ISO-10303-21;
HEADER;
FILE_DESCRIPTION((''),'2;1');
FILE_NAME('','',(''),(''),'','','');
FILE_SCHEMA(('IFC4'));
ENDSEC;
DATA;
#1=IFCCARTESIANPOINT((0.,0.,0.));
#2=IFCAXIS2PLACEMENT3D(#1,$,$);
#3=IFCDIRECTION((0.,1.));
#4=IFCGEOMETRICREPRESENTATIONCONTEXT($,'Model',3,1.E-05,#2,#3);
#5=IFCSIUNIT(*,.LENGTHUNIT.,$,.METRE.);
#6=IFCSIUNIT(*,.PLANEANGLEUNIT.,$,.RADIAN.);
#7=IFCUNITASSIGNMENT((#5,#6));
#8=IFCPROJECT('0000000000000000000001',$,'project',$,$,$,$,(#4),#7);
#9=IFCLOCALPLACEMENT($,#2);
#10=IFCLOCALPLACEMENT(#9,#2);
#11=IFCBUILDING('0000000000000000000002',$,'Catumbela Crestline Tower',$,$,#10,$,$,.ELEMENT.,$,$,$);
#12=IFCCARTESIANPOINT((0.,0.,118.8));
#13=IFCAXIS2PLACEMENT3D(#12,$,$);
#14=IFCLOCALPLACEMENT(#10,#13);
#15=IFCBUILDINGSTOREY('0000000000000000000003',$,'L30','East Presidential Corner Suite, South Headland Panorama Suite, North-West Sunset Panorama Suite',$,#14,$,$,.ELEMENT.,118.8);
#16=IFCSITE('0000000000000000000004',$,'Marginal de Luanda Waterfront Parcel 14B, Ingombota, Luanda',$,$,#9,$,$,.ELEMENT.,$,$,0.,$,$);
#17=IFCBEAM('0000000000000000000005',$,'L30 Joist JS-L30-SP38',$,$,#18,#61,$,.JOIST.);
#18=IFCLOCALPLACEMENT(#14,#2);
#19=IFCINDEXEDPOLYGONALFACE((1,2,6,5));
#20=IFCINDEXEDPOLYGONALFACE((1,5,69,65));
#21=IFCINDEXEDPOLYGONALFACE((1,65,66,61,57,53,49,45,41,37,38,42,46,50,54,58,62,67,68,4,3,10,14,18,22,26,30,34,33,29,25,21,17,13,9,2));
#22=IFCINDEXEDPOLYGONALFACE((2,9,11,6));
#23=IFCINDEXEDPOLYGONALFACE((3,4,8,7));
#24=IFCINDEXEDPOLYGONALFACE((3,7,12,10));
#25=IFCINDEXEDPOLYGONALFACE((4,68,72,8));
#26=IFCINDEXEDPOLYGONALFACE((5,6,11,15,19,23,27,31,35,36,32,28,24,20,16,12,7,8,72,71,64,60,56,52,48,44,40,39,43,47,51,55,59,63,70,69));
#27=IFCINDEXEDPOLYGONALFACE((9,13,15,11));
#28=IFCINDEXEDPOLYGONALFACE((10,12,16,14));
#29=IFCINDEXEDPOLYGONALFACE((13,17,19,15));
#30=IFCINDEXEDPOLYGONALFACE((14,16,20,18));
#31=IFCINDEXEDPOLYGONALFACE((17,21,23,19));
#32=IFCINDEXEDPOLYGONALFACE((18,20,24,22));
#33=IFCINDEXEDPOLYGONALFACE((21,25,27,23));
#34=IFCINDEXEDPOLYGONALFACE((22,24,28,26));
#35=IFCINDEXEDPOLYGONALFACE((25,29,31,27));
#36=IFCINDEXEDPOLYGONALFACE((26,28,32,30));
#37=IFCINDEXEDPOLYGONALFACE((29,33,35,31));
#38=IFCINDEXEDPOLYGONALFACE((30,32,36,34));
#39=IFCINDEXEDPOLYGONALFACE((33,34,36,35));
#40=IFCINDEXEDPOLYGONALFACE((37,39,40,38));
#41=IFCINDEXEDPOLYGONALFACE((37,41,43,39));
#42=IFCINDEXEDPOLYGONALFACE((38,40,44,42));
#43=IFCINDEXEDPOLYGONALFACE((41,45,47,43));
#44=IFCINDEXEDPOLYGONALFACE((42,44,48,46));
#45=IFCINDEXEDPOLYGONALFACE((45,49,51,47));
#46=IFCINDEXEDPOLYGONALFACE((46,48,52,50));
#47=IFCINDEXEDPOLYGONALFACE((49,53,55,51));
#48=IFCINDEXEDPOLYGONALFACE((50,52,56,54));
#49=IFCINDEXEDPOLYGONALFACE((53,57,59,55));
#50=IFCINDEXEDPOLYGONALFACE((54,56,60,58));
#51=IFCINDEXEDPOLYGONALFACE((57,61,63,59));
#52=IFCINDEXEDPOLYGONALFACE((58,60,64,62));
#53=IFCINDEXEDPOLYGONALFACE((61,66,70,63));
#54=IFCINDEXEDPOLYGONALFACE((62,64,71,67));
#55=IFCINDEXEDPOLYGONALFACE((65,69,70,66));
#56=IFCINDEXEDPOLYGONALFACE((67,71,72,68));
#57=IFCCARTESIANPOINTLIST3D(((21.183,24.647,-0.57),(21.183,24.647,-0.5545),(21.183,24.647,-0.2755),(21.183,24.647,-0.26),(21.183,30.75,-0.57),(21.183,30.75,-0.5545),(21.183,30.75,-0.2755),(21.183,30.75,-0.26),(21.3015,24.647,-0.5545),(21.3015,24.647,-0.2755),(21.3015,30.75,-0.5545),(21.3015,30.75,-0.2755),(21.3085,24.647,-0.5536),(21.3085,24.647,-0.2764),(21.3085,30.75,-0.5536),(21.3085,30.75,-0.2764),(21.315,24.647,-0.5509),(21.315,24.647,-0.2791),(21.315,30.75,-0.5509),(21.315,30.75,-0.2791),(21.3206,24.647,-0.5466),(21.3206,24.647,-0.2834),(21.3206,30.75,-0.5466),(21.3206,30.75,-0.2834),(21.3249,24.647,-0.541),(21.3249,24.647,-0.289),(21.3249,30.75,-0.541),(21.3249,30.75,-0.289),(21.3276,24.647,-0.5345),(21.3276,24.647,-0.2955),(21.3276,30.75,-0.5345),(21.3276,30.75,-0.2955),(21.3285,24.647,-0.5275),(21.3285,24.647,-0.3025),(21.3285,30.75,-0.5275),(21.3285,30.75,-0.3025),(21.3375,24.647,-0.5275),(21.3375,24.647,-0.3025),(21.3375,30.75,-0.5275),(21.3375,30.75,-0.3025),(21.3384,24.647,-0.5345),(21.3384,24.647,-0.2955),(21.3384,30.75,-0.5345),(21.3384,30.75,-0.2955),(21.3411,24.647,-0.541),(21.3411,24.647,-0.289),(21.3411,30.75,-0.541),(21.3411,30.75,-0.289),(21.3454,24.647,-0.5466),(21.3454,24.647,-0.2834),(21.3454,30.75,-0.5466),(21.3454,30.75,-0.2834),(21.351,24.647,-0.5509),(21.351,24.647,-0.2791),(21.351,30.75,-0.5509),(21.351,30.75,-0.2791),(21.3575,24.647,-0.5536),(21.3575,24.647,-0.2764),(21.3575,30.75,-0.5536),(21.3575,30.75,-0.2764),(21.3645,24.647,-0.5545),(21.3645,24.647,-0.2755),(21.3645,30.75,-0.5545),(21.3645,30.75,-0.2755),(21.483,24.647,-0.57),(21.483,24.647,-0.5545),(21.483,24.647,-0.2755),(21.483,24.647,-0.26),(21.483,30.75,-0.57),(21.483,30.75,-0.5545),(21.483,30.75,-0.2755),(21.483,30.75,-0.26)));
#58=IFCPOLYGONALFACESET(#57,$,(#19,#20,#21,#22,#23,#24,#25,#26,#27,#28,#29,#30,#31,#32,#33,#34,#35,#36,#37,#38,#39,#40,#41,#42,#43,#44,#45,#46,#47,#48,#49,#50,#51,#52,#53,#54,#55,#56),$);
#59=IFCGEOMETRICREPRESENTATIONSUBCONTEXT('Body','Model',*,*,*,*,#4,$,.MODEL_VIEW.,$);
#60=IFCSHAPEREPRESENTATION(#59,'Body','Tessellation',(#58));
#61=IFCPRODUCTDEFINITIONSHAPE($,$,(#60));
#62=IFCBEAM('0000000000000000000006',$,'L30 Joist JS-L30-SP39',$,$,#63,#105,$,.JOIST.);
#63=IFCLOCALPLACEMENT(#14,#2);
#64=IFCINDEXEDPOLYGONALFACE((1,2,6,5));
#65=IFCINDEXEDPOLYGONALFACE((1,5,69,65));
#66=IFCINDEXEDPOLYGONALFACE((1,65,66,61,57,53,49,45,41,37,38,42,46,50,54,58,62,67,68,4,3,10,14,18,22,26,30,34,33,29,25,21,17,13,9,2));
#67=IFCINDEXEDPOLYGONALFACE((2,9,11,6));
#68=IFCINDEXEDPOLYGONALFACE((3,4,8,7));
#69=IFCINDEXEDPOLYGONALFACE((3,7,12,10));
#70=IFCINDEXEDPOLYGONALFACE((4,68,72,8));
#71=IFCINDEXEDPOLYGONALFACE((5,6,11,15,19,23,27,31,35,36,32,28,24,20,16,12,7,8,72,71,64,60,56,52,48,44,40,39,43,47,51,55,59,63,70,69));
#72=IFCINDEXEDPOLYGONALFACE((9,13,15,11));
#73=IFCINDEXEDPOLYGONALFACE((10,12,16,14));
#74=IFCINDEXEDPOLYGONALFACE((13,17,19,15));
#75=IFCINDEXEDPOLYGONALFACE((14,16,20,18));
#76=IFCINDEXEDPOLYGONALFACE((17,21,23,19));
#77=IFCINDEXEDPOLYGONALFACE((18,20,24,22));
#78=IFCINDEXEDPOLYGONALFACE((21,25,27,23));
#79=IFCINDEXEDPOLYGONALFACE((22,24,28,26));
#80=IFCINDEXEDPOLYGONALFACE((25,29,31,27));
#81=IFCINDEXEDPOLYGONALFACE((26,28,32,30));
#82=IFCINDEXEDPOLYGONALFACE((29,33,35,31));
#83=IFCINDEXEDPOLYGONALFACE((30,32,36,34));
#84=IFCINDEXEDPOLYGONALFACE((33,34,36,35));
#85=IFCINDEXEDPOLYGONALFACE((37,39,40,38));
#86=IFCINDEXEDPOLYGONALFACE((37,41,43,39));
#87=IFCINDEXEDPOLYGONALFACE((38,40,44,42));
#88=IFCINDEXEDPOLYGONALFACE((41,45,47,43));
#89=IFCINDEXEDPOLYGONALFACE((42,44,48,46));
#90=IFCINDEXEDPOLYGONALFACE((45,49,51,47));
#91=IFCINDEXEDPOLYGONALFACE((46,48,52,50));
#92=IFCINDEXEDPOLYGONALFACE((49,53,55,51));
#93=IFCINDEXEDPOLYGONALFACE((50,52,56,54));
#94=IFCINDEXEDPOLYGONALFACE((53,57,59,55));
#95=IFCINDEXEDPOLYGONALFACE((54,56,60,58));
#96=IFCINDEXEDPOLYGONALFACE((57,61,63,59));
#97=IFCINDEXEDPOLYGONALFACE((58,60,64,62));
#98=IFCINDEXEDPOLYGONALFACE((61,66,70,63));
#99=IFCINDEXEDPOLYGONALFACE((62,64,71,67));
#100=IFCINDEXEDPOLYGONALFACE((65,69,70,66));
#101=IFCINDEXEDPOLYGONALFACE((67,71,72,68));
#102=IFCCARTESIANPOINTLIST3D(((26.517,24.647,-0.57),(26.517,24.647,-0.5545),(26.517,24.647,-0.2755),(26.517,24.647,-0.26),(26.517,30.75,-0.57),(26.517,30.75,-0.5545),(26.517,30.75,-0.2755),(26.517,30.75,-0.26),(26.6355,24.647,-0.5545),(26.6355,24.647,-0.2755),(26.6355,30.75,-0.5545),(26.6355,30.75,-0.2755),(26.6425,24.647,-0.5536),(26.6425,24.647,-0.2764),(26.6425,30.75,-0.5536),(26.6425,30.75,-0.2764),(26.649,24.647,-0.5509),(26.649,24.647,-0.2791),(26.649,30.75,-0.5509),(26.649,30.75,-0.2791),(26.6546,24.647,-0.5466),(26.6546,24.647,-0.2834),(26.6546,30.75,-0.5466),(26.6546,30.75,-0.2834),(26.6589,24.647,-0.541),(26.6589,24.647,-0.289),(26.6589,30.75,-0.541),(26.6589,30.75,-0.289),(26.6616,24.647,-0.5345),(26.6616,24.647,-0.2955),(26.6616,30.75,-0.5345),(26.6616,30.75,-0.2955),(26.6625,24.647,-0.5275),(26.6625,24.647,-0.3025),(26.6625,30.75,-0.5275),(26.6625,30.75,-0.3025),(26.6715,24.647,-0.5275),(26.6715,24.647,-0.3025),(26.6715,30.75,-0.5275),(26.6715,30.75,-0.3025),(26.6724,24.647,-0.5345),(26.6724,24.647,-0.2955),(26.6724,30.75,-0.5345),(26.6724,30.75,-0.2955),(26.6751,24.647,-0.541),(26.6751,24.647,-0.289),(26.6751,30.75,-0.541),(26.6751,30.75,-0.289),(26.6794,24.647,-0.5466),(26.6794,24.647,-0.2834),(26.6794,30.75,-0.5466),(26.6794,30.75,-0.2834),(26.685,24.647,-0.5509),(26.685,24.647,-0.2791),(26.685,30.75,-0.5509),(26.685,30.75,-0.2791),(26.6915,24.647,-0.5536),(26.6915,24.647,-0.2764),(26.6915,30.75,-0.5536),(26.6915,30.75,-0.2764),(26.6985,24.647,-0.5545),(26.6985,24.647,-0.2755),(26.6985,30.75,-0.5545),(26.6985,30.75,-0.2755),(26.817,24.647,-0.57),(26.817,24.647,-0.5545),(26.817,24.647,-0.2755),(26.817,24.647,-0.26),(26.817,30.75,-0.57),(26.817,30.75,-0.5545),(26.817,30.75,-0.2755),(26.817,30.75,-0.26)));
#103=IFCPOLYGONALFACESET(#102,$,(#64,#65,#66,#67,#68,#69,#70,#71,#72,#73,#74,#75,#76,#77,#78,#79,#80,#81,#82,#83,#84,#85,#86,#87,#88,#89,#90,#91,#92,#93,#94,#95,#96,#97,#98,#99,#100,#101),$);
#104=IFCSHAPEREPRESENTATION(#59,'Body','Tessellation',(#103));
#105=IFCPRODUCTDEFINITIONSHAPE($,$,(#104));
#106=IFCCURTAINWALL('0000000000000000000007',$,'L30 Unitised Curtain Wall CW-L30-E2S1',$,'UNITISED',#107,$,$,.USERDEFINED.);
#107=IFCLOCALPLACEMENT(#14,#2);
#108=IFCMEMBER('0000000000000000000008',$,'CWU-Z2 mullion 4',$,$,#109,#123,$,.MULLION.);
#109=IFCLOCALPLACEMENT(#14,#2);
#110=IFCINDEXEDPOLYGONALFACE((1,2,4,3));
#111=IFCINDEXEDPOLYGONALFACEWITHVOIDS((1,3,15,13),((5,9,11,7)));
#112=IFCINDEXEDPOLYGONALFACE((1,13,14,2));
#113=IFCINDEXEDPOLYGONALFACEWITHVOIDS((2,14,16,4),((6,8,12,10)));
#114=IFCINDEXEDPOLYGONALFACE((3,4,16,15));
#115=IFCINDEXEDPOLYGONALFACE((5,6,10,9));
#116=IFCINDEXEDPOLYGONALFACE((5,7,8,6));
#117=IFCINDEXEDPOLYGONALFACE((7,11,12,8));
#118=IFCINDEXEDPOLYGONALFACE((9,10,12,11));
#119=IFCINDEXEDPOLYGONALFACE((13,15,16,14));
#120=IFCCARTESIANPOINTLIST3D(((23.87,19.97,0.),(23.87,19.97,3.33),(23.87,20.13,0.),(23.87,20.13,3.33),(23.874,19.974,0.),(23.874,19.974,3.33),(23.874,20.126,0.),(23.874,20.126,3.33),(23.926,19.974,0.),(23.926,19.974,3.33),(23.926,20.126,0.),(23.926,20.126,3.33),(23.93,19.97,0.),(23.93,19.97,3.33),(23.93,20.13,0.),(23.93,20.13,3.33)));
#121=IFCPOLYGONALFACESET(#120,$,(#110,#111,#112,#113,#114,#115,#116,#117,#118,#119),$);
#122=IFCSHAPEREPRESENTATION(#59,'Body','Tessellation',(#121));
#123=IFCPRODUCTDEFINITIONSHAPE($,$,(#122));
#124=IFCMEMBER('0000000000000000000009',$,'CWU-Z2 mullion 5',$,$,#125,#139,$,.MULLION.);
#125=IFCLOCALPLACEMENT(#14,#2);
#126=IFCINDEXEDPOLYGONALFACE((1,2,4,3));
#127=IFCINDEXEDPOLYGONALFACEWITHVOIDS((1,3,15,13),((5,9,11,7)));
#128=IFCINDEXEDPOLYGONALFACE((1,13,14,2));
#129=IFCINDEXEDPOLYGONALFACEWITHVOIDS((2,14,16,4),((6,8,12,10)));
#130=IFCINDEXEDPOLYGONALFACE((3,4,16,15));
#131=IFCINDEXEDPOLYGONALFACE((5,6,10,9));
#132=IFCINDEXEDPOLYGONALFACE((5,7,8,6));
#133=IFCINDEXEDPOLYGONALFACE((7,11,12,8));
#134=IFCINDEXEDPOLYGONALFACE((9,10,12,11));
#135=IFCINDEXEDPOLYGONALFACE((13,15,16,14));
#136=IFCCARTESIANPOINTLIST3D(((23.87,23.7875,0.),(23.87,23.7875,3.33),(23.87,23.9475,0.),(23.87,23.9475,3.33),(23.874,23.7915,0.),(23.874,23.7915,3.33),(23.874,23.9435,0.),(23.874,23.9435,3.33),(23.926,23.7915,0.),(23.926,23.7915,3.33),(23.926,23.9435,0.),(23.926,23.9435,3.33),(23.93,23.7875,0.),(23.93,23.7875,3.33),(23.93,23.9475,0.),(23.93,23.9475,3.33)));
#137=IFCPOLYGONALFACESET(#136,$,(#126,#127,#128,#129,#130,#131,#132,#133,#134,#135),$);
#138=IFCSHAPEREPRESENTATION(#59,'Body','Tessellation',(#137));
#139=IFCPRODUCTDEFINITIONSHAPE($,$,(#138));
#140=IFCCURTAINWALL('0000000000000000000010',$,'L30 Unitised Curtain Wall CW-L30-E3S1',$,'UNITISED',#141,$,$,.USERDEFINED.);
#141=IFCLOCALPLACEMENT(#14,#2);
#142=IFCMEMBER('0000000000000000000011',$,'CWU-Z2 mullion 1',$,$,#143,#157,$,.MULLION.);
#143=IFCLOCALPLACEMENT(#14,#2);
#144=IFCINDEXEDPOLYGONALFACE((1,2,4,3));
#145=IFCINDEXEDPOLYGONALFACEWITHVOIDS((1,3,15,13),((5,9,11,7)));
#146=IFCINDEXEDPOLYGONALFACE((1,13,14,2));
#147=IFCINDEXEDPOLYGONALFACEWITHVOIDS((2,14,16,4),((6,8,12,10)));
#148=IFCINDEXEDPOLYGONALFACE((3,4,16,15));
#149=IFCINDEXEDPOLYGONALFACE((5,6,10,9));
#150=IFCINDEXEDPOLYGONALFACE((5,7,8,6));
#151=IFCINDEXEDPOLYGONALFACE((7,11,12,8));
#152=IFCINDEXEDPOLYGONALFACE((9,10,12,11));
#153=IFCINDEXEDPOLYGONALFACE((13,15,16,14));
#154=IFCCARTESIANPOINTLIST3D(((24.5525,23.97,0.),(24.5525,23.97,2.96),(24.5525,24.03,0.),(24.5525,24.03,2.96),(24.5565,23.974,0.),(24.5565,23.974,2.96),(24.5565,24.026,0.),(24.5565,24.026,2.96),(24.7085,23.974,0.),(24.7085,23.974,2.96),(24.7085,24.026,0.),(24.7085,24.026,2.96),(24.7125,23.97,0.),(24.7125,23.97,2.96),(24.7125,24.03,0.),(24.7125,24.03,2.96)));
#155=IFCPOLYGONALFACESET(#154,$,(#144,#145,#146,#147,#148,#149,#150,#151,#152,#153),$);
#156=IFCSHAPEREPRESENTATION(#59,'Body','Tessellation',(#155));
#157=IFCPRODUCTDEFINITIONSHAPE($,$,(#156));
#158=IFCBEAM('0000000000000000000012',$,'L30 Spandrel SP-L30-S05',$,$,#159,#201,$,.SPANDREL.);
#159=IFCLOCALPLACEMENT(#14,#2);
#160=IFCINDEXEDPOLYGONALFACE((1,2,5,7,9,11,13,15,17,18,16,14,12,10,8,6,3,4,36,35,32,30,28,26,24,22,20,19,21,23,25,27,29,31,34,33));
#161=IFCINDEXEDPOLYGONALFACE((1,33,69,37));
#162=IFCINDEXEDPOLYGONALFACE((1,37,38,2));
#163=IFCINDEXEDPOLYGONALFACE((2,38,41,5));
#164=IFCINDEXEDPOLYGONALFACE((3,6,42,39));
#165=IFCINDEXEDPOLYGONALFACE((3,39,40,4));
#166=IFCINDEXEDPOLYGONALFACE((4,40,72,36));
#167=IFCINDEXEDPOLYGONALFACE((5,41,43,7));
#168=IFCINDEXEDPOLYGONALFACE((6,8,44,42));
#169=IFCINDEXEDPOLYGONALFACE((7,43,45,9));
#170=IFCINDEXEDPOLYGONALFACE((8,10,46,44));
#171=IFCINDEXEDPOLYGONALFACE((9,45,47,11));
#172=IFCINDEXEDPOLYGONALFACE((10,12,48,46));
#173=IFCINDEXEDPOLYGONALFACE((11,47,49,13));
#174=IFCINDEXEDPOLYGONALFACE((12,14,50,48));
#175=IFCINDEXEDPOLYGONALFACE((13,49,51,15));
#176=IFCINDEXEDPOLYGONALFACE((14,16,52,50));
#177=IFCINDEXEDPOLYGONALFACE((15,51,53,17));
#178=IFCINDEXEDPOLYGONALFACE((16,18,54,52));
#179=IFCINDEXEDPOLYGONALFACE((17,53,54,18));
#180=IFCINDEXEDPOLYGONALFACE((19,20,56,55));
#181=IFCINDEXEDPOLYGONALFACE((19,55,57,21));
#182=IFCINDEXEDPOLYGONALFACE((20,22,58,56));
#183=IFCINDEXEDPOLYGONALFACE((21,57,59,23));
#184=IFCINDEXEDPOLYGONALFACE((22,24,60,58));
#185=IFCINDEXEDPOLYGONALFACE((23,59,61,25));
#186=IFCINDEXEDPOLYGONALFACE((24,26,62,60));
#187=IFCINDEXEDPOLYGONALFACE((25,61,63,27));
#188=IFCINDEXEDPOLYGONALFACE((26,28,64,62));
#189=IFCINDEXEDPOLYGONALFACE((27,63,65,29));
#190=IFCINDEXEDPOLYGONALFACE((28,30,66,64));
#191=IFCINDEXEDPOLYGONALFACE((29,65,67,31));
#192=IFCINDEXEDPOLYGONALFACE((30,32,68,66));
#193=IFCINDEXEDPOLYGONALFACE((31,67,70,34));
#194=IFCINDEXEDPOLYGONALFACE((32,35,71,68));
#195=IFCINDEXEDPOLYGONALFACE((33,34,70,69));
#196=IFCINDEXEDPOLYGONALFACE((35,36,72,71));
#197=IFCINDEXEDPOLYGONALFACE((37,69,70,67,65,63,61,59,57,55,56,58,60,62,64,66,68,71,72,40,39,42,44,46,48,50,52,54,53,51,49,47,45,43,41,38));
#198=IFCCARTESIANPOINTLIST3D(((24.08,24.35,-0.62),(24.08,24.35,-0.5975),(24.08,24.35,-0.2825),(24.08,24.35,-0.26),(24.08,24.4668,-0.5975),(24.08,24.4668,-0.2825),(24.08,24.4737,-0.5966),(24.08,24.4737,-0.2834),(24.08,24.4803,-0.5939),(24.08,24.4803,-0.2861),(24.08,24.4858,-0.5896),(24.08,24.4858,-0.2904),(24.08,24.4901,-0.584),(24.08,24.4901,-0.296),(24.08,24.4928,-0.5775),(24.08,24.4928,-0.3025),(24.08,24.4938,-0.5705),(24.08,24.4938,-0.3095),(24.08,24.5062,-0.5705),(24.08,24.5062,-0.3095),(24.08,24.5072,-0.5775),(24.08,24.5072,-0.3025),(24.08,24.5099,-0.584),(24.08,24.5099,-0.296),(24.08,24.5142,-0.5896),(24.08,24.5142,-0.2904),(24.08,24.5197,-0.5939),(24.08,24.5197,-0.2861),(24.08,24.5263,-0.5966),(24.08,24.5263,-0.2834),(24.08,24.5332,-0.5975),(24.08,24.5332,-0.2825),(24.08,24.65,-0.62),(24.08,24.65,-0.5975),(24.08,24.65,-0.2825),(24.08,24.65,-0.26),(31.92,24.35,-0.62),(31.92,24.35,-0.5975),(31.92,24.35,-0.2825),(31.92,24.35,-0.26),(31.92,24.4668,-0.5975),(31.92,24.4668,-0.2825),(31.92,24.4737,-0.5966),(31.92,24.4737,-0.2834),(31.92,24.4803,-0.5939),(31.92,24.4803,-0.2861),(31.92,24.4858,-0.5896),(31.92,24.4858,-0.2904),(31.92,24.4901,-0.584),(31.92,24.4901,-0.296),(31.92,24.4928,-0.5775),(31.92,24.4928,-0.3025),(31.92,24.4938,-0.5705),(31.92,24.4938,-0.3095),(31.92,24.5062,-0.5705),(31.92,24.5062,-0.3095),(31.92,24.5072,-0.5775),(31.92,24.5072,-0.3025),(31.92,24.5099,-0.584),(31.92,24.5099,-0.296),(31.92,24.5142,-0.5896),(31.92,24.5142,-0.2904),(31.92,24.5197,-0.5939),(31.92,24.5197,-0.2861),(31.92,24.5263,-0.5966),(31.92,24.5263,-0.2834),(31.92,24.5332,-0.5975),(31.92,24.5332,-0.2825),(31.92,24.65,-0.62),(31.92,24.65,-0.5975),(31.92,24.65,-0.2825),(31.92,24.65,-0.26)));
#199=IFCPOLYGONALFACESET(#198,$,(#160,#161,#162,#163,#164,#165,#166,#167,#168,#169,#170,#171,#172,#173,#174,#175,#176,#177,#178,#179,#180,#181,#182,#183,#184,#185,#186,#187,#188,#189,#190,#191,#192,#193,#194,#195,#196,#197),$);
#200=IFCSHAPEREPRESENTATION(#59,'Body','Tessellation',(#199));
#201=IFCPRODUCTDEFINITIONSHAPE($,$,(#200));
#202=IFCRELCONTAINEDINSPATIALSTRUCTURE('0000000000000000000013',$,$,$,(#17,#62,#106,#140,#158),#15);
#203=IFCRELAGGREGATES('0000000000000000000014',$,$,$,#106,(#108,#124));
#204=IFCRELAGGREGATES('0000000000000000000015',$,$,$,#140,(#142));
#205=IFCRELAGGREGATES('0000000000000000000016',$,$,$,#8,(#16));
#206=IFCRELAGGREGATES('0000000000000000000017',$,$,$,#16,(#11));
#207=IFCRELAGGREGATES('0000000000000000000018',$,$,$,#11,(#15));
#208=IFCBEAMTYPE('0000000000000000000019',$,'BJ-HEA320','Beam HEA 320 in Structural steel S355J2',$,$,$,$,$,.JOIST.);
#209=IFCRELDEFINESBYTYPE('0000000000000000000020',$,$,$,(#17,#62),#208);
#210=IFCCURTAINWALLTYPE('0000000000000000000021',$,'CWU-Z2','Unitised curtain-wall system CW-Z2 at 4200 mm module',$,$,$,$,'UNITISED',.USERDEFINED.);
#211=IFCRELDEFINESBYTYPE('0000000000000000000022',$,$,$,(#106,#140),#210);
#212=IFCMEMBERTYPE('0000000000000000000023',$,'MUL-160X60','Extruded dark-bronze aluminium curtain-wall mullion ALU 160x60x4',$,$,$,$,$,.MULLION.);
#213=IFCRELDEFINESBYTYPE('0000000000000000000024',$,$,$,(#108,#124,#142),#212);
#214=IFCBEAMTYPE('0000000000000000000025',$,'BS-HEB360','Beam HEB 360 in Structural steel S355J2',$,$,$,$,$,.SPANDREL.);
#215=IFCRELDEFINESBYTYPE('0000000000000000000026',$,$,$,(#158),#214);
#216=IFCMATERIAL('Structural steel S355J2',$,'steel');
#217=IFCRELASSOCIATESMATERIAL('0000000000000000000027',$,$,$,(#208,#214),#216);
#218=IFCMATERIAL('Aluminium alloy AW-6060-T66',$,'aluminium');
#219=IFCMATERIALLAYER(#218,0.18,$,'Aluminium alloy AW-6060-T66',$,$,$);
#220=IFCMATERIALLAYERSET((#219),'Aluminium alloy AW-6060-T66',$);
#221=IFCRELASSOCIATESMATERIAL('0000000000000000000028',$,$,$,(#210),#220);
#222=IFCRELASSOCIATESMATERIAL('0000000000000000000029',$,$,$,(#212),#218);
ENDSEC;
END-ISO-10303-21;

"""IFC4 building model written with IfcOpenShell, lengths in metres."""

from ifc_helpers import new_model, si_unit, direction, frame, origin, origin_2d, place, context, subcontext, project, spatial, hollow_rectangle, i_section, extrude, material, layer, layer_set, material_profile, profile_set, type_object, element, aggregate, save


model = new_model("IFC4")

# Units and contexts
model_context = context("Model", 3, precision=1e-05, world=origin(), true_north=direction((0.0, 1.0)))
body_context = subcontext(model_context, "Body", "Model", "MODEL_VIEW")
ifc_project = project(units=[si_unit("LENGTHUNIT", "METRE"), si_unit("PLANEANGLEUNIT", "RADIAN")], contexts=[model_context])

# Site, building, storey
site_placement = place(None, origin())
site = spatial("IfcSite", under=ifc_project, at=site_placement, Name="Marginal de Luanda Waterfront Parcel 14B, Ingombota, Luanda", CompositionType="ELEMENT", RefElevation=0.0)
building_placement = place(site_placement, origin())
building = spatial("IfcBuilding", under=site, at=building_placement, Name="Catumbela Crestline Tower", CompositionType="ELEMENT")
storey_placement = place(building_placement, frame((0.0, 0.0, 118.8)))
storey = spatial("IfcBuildingStorey", under=building, at=storey_placement, Name="L30", Description="East Presidential Corner Suite, South Headland Panorama Suite, North-West Sunset Panorama Suite", CompositionType="ELEMENT", Elevation=118.8)

# Beams
ifc_material_1 = material(Name="Structural steel S355J2", Category="steel")
ifc_material_profile_1 = material_profile(ifc_material_1, i_section(OverallWidth=0.3, OverallDepth=0.31, WebThickness=0.009, FlangeThickness=0.0155, FilletRadius=0.027, at=origin_2d()), Name="HEA 320")
ifc_profile_set_1 = profile_set([ifc_material_profile_1], Name="Structural steel S355J2")
beam_type_1 = type_object("IfcBeamType", Name="BJ-HEA320", Description="Beam HEA 320 in Structural steel S355J2", PredefinedType="JOIST", material=ifc_profile_set_1)
for number, where, z_axis, x_axis, name in (
    (1, (21.333, 24.647, -0.415), (0.0, 1.0, 0.0), (-1.0, 0.0, 0.0), "L30 Joist JS-L30-SP38"),
    (2, (26.667, 24.647, -0.415), (0.0, 1.0, 0.0), (-1.0, 0.0, 0.0), "L30 Joist JS-L30-SP39"),
):
    element("IfcBeam", number, at=place(storey_placement, frame(where, z_axis=z_axis, x_axis=x_axis)), inside=storey, type_object=beam_type_1, Name=name, PredefinedType="JOIST", context=body_context, shape_type="SweptSolid", body=[
        extrude(i_section(OverallWidth=0.3, OverallDepth=0.31, WebThickness=0.009, FlangeThickness=0.0155, FilletRadius=0.027, at=origin_2d()), origin(), (0.0, 0.0, 1.0), 6.103),
    ])

# Curtain wall, members
ifc_material_2 = material(Name="Aluminium alloy AW-6060-T66", Category="aluminium")
ifc_layer_1 = layer(ifc_material_2, 0.18, Name="Aluminium alloy AW-6060-T66")
ifc_layer_set_1 = layer_set([ifc_layer_1], Name="Aluminium alloy AW-6060-T66")
curtain_wall_type = type_object("IfcCurtainWallType", Name="CWU-Z2", Description="Unitised curtain-wall system CW-Z2 at 4200 mm module", ElementType="UNITISED", PredefinedType="USERDEFINED", material=ifc_layer_set_1)
curtain_wall_1_placement = place(storey_placement, origin())
curtain_wall_1 = element("IfcCurtainWall", 3, at=curtain_wall_1_placement, inside=storey, type_object=curtain_wall_type, Name="L30 Unitised Curtain Wall CW-L30-E2S1", ObjectType="UNITISED", PredefinedType="USERDEFINED")
ifc_material_profile_2 = material_profile(ifc_material_2, hollow_rectangle(XDim=0.06, YDim=0.16, WallThickness=0.004, at=origin_2d()), Name="ALU 160x60x4")
ifc_profile_set_2 = profile_set([ifc_material_profile_2], Name="Aluminium alloy AW-6060-T66")
member_type_1 = type_object("IfcMemberType", Name="MUL-160X60", Description="Extruded dark-bronze aluminium curtain-wall mullion ALU 160x60x4", PredefinedType="MULLION", material=ifc_profile_set_2)
member_1_placement = place(storey_placement, frame((23.9, 20.05, 0.0), z_axis=(0.0, 0.0, 1.0), x_axis=(-1.0, 0.0, 0.0)))
member_1 = element("IfcMember", 4, at=member_1_placement, type_object=member_type_1, Name="CWU-Z2 mullion 4", PredefinedType="MULLION", context=body_context, shape_type="SweptSolid", body=[
    extrude(hollow_rectangle(XDim=0.06, YDim=0.16, WallThickness=0.004, at=origin_2d()), origin(), (0.0, 0.0, 1.0), 3.33),
])
member_2_placement = place(storey_placement, frame((23.9, 23.8675, 0.0), z_axis=(0.0, 0.0, 1.0), x_axis=(-1.0, 0.0, 0.0)))
member_2 = element("IfcMember", 5, at=member_2_placement, type_object=member_type_1, Name="CWU-Z2 mullion 5", PredefinedType="MULLION", context=body_context, shape_type="SweptSolid", body=[
    extrude(hollow_rectangle(XDim=0.06, YDim=0.16, WallThickness=0.004, at=origin_2d()), origin(), (0.0, 0.0, 1.0), 3.33),
])

# Curtain wall, member
curtain_wall_2_placement = place(storey_placement, origin())
curtain_wall_2 = element("IfcCurtainWall", 6, at=curtain_wall_2_placement, inside=storey, type_object=curtain_wall_type, Name="L30 Unitised Curtain Wall CW-L30-E3S1", ObjectType="UNITISED", PredefinedType="USERDEFINED")
member_3_placement = place(storey_placement, frame((24.6325, 24.0, 0.0), z_axis=(0.0, 0.0, 1.0), x_axis=(0.0, 1.0, 0.0)))
member_3 = element("IfcMember", 7, at=member_3_placement, type_object=member_type_1, Name="CWU-Z2 mullion 1", PredefinedType="MULLION", context=body_context, shape_type="SweptSolid", body=[
    extrude(hollow_rectangle(XDim=0.06, YDim=0.16, WallThickness=0.004, at=origin_2d()), origin(), (0.0, 0.0, 1.0), 2.96),
])

# Beam
ifc_material_profile_3 = material_profile(ifc_material_1, i_section(OverallWidth=0.3, OverallDepth=0.36, WebThickness=0.0125, FlangeThickness=0.0225, FilletRadius=0.027, at=origin_2d()), Name="HEB 360")
ifc_profile_set_3 = profile_set([ifc_material_profile_3], Name="Structural steel S355J2")
beam_type_2 = type_object("IfcBeamType", Name="BS-HEB360", Description="Beam HEB 360 in Structural steel S355J2", PredefinedType="SPANDREL", material=ifc_profile_set_3)
beam_1_placement = place(storey_placement, frame((24.08, 24.5, -0.44), z_axis=(1.0, 0.0, 0.0), x_axis=(0.0, 1.0, 0.0)))
element("IfcBeam", 8, at=beam_1_placement, inside=storey, type_object=beam_type_2, Name="L30 Spandrel SP-L30-S05", PredefinedType="SPANDREL", context=body_context, shape_type="SweptSolid", body=[
    extrude(i_section(OverallWidth=0.3, OverallDepth=0.36, WebThickness=0.0125, FlangeThickness=0.0225, FilletRadius=0.027, at=origin_2d()), origin(), (0.0, 0.0, 1.0), 7.84),
])

aggregate(curtain_wall_1, [member_1, member_2])
aggregate(curtain_wall_2, [member_3])

save(model, "model.ifc")
